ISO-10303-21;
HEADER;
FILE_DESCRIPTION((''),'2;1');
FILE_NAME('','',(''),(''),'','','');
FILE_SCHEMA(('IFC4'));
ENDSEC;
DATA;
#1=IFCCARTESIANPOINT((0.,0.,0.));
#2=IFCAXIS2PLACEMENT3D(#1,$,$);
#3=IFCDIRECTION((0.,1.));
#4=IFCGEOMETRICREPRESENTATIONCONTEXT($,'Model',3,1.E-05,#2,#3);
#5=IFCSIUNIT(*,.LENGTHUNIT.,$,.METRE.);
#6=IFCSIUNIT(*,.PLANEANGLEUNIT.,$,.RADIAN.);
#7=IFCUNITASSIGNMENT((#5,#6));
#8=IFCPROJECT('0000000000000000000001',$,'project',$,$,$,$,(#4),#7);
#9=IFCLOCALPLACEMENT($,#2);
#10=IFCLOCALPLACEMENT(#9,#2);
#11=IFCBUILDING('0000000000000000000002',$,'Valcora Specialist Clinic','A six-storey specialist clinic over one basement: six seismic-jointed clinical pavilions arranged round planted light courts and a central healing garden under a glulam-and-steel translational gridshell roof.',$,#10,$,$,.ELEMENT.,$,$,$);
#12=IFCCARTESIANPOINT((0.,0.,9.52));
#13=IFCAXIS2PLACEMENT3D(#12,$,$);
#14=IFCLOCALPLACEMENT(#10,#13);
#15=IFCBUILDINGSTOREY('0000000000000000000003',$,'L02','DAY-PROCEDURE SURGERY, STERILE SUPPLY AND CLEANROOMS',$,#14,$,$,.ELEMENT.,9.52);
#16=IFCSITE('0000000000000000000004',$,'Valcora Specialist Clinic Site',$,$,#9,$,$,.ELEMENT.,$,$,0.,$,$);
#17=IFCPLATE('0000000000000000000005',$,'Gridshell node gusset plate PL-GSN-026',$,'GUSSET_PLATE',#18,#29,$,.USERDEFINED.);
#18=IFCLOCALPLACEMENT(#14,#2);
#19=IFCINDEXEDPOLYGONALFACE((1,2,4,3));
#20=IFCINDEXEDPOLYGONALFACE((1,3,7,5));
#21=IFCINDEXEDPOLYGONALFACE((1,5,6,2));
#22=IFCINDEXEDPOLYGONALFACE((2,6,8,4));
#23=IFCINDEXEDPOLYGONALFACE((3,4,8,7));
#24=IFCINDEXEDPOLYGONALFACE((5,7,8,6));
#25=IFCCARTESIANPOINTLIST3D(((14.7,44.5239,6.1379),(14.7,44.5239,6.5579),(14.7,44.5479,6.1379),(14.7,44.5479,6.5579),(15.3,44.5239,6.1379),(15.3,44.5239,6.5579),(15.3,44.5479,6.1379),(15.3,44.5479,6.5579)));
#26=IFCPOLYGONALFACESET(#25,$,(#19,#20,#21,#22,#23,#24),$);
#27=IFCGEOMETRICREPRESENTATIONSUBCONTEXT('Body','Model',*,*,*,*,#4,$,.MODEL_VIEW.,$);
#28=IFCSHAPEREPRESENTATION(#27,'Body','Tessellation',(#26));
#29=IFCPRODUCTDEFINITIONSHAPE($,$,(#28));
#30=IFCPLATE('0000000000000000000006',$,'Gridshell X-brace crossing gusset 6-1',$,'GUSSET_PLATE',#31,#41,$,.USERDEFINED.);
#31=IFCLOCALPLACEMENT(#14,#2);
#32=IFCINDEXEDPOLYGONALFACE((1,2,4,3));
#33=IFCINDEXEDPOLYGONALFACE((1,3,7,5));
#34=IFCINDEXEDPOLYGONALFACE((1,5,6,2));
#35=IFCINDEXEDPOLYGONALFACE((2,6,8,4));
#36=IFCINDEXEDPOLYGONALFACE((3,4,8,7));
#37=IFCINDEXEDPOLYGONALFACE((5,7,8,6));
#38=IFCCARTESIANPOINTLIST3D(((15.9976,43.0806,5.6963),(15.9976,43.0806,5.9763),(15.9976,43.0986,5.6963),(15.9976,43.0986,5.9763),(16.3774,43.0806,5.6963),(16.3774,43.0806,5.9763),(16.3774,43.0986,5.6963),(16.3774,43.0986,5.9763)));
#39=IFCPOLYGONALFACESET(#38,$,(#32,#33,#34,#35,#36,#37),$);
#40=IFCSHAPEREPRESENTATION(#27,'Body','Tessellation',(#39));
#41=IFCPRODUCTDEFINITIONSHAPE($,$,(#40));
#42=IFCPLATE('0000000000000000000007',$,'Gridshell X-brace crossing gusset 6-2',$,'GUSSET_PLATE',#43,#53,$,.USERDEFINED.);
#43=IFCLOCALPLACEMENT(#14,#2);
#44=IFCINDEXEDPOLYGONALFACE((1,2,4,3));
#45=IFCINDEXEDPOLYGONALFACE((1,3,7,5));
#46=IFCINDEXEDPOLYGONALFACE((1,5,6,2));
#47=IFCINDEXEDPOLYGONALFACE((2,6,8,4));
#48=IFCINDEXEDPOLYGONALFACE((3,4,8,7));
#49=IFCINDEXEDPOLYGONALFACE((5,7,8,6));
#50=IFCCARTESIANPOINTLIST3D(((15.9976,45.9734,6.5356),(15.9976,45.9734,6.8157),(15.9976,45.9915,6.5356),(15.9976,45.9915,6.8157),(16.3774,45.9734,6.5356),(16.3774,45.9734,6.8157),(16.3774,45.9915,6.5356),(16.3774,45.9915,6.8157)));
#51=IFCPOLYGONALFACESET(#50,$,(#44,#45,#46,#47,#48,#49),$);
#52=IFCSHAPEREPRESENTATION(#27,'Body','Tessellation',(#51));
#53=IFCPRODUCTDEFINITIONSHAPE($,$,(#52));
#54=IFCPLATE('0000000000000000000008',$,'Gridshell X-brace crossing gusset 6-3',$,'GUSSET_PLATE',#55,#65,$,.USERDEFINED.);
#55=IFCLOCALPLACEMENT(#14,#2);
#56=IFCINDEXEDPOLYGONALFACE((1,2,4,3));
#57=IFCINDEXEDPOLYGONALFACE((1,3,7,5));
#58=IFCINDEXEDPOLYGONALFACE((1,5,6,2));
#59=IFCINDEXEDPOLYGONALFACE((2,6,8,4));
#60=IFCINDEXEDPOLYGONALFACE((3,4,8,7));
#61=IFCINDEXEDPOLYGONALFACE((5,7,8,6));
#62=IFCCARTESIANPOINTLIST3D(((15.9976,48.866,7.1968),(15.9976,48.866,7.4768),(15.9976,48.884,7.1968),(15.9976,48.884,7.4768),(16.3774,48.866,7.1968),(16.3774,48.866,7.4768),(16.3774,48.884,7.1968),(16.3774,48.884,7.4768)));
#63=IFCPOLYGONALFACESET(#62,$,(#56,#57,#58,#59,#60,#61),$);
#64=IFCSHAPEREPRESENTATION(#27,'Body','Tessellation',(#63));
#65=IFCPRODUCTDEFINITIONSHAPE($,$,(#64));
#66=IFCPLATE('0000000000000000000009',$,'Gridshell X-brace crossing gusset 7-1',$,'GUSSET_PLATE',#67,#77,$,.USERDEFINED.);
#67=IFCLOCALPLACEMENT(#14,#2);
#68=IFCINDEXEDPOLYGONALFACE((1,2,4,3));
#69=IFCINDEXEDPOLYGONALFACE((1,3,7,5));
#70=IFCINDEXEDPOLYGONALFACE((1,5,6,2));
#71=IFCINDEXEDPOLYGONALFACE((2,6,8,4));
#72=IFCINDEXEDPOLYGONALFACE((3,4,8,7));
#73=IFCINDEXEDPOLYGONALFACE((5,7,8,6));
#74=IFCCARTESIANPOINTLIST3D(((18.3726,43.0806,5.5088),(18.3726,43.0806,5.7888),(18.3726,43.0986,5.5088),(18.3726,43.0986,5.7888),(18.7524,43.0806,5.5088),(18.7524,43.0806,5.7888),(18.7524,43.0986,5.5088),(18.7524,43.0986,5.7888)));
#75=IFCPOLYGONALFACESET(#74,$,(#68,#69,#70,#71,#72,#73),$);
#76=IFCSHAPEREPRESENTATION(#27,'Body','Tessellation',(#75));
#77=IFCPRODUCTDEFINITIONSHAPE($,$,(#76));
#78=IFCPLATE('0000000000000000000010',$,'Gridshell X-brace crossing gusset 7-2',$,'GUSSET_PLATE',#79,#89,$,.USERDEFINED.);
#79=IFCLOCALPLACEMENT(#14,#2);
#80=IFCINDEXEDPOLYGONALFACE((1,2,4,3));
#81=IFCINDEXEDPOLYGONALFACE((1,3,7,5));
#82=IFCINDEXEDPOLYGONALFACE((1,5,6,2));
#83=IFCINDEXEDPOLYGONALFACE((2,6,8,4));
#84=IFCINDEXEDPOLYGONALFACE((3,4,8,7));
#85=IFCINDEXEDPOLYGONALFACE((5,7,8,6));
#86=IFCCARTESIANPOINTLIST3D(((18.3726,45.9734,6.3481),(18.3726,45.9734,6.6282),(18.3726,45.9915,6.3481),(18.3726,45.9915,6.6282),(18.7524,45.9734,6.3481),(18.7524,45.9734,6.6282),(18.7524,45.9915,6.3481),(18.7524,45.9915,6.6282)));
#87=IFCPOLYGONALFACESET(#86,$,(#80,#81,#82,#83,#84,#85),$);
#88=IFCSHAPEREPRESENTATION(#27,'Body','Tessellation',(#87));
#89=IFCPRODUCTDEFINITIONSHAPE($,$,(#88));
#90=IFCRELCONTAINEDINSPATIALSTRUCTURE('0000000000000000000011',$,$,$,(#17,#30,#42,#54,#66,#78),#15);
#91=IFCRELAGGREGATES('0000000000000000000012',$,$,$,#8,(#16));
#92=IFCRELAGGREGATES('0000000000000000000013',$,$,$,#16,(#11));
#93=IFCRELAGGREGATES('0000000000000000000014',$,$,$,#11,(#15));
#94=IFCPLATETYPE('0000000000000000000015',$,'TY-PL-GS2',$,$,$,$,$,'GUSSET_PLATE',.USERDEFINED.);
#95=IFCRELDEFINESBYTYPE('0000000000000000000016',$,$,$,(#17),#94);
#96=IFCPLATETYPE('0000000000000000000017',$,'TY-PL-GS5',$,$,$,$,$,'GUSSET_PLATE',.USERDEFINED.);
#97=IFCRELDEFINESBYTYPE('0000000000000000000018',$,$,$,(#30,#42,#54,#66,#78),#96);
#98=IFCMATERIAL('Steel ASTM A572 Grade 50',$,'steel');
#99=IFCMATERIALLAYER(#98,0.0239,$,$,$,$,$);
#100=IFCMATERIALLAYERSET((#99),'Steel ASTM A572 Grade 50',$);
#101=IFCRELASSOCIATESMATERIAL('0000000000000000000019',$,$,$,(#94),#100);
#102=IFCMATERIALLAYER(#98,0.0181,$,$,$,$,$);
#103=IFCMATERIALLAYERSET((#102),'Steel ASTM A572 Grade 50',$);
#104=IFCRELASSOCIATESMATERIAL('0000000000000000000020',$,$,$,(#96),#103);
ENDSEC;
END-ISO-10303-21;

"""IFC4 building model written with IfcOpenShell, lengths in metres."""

from ifc_helpers import new_model, si_unit, direction, frame, origin, origin_2d, place, context, subcontext, project, spatial, rectangle, extrude, material, layer, layer_set, type_object, element, save


model = new_model("IFC4")

# Units and contexts
model_context = context("Model", 3, precision=1e-05, world=origin(), true_north=direction((0.0, 1.0)))
body_context = subcontext(model_context, "Body", "Model", "MODEL_VIEW")
ifc_project = project(units=[si_unit("LENGTHUNIT", "METRE"), si_unit("PLANEANGLEUNIT", "RADIAN")], contexts=[model_context])

# Site, building, storey
site_placement = place(None, origin())
site = spatial("IfcSite", under=ifc_project, at=site_placement, Name="Valcora Specialist Clinic Site", CompositionType="ELEMENT", RefElevation=0.0)
building_placement = place(site_placement, origin())
building = spatial("IfcBuilding", under=site, at=building_placement, Name="Valcora Specialist Clinic", Description="A six-storey specialist clinic over one basement: six seismic-jointed clinical pavilions arranged round planted light courts and a central healing garden under a glulam-and-steel translational gridshell roof.", CompositionType="ELEMENT")
storey_placement = place(building_placement, frame((0.0, 0.0, 9.52)))
storey = spatial("IfcBuildingStorey", under=building, at=storey_placement, Name="L02", Description="DAY-PROCEDURE SURGERY, STERILE SUPPLY AND CLEANROOMS", CompositionType="ELEMENT", Elevation=9.52)

# Plates
ifc_material_1 = material(Name="Steel ASTM A572 Grade 50", Category="steel")
ifc_layer_1 = layer(ifc_material_1, 0.0239)
ifc_layer_set_1 = layer_set([ifc_layer_1], Name="Steel ASTM A572 Grade 50")
plate_type_1 = type_object("IfcPlateType", Name="TY-PL-GS2", ElementType="GUSSET_PLATE", PredefinedType="USERDEFINED", material=ifc_layer_set_1)
plate_placement = place(storey_placement, frame((15.0, 44.5359, 6.1379), z_axis=(0.0, 0.0, 1.0), x_axis=(1.0, 0.0, 0.0)))
element("IfcPlate", 1, at=plate_placement, inside=storey, type_object=plate_type_1, Name="Gridshell node gusset plate PL-GSN-026", ObjectType="GUSSET_PLATE", PredefinedType="USERDEFINED", context=body_context, shape_type="SweptSolid", body=[
    extrude(rectangle(XDim=0.6001, YDim=0.0239, at=origin_2d()), origin(), (0.0, 0.0, 1.0), 0.4199),
])
ifc_layer_2 = layer(ifc_material_1, 0.0181)
ifc_layer_set_2 = layer_set([ifc_layer_2], Name="Steel ASTM A572 Grade 50")
plate_type_2 = type_object("IfcPlateType", Name="TY-PL-GS5", ElementType="GUSSET_PLATE", PredefinedType="USERDEFINED", material=ifc_layer_set_2)
for number, where, z_axis, x_axis, name in (
    (2, (16.1875, 43.0896, 5.6963), (0.0, 0.0, 1.0), (1.0, 0.0, 0.0), "Gridshell X-brace crossing gusset 6-1"),
    (3, (16.1875, 45.9824, 6.5356), (0.0, 0.0, 1.0), (1.0, 0.0, 0.0), "Gridshell X-brace crossing gusset 6-2"),
    (4, (16.1875, 48.875, 7.1968), (0.0, 0.0, 1.0), (1.0, 0.0, 0.0), "Gridshell X-brace crossing gusset 6-3"),
    (5, (18.5625, 43.0896, 5.5088), (0.0, 0.0, 1.0), (1.0, 0.0, 0.0), "Gridshell X-brace crossing gusset 7-1"),
    (6, (18.5625, 45.9824, 6.3481), (0.0, 0.0, 1.0), (1.0, 0.0, 0.0), "Gridshell X-brace crossing gusset 7-2"),
):
    element("IfcPlate", number, at=place(storey_placement, frame(where, z_axis=z_axis, x_axis=x_axis)), inside=storey, type_object=plate_type_2, Name=name, ObjectType="GUSSET_PLATE", PredefinedType="USERDEFINED", context=body_context, shape_type="SweptSolid", body=[
        extrude(rectangle(XDim=0.3799, YDim=0.0181, at=origin_2d()), origin(), (0.0, 0.0, 1.0), 0.28),
    ])

save(model, "model.ifc")
